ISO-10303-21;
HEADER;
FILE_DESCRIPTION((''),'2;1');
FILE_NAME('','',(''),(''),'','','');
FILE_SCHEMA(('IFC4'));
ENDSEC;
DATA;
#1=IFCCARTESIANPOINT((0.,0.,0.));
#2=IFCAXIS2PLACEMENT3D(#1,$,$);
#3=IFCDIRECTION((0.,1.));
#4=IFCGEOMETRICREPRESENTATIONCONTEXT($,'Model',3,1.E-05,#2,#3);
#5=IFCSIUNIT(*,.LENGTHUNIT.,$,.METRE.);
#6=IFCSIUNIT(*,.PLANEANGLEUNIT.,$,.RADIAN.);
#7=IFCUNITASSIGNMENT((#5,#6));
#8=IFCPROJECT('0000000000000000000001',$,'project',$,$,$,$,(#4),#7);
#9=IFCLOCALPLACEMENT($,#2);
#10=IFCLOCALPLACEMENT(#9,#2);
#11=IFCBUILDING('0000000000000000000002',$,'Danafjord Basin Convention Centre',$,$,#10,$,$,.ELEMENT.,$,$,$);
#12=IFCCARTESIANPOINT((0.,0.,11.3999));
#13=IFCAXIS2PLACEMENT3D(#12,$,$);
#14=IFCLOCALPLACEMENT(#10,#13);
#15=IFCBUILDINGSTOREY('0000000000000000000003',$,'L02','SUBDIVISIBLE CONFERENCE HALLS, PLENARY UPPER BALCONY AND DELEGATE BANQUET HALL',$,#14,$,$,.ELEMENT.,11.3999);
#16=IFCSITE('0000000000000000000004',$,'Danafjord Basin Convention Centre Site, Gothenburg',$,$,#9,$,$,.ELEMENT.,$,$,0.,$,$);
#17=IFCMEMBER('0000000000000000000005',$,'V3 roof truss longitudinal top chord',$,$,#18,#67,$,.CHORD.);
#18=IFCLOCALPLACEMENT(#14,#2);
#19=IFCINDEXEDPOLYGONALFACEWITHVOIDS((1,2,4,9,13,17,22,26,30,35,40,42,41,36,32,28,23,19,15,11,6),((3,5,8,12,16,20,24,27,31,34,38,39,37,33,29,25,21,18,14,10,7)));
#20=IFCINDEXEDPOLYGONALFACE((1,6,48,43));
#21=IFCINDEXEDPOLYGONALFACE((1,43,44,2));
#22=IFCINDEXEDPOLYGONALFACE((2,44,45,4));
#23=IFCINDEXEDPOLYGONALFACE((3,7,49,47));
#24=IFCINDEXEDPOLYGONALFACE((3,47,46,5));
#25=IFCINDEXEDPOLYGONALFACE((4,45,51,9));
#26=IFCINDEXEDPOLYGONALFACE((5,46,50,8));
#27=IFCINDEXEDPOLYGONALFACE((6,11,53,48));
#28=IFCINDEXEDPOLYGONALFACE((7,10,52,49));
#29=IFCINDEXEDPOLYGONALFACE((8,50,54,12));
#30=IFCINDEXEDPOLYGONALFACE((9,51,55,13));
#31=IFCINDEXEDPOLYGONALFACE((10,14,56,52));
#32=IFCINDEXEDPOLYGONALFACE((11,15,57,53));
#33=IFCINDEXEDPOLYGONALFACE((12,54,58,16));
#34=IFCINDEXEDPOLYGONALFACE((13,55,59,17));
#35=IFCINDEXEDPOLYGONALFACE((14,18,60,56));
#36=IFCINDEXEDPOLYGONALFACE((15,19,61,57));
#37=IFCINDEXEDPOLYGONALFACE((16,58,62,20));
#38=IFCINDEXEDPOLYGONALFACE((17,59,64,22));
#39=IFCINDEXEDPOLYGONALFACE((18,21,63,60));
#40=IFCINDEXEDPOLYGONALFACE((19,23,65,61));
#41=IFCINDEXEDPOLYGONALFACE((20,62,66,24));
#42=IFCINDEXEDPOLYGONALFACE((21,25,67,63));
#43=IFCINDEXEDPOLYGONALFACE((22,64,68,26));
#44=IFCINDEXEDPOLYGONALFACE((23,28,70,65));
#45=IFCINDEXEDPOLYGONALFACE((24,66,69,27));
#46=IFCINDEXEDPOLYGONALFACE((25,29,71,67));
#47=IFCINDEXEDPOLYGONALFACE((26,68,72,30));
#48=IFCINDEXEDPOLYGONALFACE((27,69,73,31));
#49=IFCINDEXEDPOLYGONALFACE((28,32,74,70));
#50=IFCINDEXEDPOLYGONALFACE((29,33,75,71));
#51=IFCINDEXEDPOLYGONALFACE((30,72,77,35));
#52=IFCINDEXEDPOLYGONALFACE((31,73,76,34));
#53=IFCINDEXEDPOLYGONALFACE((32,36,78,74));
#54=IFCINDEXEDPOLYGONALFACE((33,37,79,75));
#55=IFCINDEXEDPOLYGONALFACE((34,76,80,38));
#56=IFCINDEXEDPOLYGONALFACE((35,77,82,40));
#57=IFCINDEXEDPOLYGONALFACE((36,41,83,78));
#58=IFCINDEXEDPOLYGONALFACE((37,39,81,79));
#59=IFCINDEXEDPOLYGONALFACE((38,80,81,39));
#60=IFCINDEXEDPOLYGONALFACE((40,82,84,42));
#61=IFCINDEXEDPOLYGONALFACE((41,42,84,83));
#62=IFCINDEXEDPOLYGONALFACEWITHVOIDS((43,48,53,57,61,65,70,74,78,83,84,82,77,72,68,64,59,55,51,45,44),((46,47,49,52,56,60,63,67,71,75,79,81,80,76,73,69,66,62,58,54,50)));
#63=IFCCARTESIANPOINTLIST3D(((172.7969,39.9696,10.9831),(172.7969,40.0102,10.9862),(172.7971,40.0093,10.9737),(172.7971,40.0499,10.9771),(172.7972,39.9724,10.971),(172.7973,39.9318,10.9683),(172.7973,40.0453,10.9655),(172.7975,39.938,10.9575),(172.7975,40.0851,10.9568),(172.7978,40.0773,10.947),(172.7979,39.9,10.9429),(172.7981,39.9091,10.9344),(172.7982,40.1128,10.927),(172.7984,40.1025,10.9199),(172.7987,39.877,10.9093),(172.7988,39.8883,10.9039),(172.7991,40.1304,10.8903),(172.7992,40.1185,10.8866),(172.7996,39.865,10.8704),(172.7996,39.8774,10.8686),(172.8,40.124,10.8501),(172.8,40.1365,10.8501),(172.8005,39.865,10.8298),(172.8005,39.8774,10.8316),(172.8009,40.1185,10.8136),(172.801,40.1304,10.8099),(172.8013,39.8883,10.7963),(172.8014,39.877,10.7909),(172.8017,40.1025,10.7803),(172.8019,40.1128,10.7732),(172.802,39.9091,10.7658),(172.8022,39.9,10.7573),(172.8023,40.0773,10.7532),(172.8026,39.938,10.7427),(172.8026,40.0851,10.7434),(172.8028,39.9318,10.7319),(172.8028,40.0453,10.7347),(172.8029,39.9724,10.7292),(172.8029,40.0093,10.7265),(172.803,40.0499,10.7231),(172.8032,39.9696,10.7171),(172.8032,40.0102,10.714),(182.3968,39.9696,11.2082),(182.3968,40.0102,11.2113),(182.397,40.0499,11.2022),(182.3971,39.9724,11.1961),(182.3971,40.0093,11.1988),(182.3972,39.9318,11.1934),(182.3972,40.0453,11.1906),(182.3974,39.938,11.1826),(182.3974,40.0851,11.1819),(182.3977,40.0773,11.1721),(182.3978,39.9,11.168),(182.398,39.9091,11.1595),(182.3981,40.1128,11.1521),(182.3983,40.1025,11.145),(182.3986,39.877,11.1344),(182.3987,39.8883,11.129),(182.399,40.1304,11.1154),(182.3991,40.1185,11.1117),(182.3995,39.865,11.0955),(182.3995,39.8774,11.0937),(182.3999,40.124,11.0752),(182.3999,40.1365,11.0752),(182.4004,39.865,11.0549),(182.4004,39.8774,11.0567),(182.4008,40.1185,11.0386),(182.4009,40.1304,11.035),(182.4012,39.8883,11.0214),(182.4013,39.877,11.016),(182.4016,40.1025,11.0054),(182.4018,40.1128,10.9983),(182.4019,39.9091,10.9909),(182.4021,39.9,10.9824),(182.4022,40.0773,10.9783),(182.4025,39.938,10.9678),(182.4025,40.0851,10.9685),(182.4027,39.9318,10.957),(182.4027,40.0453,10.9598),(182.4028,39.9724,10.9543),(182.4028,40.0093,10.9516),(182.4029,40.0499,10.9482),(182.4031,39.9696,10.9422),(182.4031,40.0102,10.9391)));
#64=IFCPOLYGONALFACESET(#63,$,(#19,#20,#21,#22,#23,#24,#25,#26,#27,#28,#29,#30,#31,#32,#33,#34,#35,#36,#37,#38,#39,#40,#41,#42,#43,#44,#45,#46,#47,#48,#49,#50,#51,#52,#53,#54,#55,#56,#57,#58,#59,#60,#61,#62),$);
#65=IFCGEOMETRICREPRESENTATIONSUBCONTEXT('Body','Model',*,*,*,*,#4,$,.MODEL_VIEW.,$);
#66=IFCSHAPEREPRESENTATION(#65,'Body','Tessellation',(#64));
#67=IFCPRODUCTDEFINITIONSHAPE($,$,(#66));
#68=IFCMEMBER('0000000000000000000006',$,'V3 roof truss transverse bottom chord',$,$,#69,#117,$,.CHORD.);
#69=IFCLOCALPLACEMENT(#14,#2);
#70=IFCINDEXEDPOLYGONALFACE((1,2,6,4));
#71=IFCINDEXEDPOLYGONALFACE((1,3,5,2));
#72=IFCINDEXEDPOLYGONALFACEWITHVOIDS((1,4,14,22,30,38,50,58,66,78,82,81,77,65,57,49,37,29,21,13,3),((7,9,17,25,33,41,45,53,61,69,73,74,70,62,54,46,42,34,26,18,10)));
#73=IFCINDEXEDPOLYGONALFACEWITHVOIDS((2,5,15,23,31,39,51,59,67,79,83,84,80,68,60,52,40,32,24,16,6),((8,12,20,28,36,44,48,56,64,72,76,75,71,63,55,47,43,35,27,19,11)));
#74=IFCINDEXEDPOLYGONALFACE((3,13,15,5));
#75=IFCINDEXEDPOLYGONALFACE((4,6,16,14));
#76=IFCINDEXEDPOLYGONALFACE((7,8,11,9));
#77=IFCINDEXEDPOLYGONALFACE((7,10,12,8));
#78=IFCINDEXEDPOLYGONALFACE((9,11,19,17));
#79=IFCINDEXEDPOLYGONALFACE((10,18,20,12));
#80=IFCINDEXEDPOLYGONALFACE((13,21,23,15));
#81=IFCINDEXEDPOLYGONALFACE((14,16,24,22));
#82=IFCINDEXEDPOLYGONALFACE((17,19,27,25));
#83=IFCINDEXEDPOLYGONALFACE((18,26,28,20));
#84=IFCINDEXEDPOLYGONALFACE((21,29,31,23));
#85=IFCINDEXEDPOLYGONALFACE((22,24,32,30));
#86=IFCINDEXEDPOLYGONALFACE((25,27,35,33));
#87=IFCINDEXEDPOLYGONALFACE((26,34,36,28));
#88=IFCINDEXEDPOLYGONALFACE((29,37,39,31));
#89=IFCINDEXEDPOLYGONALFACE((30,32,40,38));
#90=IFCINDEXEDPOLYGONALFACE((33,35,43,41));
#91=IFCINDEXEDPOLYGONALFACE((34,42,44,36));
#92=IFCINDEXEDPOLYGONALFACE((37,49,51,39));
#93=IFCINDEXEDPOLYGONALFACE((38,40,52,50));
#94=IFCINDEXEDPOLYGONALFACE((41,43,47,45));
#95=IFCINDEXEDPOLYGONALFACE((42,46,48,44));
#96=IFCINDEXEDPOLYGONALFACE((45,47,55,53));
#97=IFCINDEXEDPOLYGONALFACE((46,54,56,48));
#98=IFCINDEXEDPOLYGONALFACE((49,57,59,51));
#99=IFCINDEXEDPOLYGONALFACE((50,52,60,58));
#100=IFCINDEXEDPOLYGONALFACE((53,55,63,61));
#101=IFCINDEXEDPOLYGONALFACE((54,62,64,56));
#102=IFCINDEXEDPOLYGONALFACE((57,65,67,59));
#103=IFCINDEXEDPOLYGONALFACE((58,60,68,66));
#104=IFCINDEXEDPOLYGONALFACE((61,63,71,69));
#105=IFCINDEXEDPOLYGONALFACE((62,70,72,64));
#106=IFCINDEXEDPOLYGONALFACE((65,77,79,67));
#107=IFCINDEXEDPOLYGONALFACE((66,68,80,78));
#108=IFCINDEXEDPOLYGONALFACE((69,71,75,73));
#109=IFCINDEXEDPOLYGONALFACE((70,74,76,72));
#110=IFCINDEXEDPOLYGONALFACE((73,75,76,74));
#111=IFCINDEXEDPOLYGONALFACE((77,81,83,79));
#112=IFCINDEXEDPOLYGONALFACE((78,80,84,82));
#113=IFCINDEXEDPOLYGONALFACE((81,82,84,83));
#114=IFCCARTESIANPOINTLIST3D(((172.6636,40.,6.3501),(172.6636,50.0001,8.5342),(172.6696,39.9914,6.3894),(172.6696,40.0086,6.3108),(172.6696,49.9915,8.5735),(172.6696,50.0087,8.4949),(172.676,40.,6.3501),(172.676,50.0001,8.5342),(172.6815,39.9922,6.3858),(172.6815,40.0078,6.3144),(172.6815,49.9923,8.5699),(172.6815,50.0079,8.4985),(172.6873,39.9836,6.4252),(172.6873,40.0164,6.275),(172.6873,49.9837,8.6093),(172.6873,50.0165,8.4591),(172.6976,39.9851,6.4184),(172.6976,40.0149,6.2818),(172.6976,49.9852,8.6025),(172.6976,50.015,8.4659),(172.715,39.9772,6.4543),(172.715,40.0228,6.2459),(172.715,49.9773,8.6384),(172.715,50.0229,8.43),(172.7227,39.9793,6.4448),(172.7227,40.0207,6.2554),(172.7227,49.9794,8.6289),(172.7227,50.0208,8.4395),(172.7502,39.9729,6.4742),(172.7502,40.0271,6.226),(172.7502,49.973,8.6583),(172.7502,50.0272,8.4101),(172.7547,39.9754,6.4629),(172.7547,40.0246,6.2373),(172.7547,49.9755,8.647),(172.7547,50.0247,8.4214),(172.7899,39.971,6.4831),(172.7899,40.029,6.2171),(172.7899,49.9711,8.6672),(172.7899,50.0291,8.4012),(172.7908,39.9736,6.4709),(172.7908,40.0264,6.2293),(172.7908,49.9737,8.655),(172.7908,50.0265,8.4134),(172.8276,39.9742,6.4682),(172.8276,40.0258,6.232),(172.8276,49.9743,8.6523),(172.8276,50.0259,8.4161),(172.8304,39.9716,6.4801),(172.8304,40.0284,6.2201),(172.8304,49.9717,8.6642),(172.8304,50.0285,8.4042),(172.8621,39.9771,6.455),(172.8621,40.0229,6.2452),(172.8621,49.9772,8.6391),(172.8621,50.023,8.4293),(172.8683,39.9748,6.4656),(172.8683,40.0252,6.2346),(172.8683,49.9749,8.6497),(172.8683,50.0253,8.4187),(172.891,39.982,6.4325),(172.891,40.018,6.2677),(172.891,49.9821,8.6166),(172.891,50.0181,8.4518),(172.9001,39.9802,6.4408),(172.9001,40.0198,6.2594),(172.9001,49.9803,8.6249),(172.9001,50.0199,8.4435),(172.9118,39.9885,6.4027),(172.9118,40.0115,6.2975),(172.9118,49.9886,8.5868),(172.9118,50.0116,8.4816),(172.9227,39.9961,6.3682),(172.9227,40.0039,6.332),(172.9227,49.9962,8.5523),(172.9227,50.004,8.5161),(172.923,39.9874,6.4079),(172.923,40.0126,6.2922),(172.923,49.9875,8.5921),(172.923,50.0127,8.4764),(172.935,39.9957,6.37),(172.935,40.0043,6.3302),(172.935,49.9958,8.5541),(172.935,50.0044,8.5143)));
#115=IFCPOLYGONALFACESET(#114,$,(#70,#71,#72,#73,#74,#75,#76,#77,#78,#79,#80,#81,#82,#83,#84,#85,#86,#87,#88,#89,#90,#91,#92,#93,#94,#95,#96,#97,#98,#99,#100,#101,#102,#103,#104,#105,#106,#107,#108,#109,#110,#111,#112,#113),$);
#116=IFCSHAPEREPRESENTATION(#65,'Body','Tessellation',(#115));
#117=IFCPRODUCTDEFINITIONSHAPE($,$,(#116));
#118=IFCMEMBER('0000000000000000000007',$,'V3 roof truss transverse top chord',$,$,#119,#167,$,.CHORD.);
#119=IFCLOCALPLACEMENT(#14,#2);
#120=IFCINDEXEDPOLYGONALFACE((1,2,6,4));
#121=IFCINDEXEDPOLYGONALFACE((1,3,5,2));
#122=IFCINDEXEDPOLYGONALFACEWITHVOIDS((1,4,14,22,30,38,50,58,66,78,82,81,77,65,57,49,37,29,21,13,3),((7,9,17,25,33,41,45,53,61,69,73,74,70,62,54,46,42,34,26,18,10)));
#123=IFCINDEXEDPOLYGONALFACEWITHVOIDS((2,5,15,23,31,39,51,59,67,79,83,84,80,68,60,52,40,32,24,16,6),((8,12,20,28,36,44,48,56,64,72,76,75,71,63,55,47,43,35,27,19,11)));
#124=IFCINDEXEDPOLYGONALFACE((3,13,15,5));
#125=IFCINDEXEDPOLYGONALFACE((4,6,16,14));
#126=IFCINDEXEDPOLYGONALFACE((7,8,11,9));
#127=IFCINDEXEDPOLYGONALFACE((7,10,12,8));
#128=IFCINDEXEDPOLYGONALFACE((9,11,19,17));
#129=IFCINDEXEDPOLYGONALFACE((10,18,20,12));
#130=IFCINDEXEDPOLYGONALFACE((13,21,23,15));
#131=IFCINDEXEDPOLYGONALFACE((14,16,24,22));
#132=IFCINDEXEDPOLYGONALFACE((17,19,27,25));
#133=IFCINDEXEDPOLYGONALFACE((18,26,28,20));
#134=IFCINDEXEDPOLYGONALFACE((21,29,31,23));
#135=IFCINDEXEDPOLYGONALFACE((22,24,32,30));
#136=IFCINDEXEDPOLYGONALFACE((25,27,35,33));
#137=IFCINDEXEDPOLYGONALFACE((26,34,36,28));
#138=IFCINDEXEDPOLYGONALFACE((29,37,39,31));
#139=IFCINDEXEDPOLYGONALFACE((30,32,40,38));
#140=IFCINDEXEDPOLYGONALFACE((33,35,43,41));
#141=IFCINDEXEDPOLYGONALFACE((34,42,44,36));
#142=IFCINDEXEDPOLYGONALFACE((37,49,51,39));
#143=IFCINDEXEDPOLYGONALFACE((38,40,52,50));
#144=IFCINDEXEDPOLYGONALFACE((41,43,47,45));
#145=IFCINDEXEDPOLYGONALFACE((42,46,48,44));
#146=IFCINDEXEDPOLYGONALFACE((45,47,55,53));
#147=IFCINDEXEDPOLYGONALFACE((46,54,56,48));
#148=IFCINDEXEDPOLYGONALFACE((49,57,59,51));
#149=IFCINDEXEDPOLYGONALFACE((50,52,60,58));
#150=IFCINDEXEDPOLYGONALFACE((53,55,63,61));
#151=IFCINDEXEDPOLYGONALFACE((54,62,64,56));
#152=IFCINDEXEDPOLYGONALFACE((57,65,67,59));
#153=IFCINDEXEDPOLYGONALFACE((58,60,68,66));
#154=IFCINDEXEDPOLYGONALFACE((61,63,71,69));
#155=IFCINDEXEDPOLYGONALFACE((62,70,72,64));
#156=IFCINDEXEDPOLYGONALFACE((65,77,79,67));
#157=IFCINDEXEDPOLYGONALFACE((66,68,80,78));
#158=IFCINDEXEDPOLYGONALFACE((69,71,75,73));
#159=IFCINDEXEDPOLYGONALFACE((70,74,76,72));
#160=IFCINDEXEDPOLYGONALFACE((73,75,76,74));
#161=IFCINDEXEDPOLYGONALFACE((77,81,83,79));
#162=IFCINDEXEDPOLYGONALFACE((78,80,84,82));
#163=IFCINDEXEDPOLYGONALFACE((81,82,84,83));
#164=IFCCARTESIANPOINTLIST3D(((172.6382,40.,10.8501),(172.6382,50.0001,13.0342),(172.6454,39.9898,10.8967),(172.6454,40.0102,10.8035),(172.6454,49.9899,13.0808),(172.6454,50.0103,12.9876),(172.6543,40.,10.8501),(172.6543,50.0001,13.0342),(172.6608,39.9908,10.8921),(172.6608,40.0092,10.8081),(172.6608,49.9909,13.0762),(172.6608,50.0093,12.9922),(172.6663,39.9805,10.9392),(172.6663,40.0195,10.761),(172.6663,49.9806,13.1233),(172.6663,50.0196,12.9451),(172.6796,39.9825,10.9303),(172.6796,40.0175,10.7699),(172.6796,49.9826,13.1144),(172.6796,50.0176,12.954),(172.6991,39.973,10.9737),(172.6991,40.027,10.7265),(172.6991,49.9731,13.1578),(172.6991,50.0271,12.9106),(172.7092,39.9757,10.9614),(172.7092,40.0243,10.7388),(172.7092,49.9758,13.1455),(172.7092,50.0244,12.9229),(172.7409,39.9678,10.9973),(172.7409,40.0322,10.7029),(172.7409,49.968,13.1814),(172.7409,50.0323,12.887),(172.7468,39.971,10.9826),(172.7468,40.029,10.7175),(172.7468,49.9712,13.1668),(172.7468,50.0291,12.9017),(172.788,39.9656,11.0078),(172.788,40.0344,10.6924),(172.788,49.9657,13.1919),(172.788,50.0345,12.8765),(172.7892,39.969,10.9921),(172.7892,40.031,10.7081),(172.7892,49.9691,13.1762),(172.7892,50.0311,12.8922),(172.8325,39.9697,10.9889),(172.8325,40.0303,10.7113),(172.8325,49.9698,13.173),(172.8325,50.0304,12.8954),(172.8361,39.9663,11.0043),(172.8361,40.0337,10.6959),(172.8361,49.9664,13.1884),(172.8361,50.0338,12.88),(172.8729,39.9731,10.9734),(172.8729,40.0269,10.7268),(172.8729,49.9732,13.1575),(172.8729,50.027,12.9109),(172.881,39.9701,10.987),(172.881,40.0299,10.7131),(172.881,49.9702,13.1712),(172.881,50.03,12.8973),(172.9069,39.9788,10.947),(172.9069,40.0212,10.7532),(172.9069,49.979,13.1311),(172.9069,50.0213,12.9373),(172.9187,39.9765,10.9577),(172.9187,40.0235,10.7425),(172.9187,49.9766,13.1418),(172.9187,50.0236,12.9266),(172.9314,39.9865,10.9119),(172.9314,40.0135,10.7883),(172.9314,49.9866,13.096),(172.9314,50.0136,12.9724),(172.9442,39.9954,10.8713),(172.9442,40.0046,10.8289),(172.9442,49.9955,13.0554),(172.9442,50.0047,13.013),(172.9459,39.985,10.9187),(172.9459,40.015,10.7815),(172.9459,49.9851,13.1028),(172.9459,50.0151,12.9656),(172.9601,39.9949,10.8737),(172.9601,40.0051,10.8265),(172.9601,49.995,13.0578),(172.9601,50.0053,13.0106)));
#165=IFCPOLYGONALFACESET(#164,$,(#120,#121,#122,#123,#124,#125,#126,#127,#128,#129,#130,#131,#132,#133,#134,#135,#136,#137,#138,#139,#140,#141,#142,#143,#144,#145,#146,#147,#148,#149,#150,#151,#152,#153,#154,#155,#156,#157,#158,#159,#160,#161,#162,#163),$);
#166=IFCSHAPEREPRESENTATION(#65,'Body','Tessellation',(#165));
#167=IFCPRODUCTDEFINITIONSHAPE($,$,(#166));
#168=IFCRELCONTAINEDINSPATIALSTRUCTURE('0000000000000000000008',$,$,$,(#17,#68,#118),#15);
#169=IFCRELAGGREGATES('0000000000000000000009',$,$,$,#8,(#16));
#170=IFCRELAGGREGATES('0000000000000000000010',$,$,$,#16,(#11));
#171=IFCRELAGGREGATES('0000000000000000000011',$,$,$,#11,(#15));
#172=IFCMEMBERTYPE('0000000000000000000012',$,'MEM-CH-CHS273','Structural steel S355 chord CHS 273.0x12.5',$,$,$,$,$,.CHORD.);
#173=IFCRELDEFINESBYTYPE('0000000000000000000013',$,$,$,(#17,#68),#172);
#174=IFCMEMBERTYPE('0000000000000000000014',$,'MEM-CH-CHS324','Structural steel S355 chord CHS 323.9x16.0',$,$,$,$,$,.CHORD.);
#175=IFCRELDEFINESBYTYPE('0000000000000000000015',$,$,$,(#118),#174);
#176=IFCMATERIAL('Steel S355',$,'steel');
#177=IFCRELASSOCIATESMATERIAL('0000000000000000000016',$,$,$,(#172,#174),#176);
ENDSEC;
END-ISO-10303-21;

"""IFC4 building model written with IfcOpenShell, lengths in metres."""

from ifc_helpers import new_model, si_unit, direction, frame, origin, origin_2d, place, context, subcontext, project, spatial, hollow_circle, extrude, material, material_profile, profile_set, type_object, element, save


model = new_model("IFC4")

# Units and contexts
model_context = context("Model", 3, precision=1e-05, world=origin(), true_north=direction((0.0, 1.0)))
body_context = subcontext(model_context, "Body", "Model", "MODEL_VIEW")
ifc_project = project(units=[si_unit("LENGTHUNIT", "METRE"), si_unit("PLANEANGLEUNIT", "RADIAN")], contexts=[model_context])

# Site, building, storey
site_placement = place(None, origin())
site = spatial("IfcSite", under=ifc_project, at=site_placement, Name="Danafjord Basin Convention Centre Site, Gothenburg", CompositionType="ELEMENT", RefElevation=0.0)
building_placement = place(site_placement, origin())
building = spatial("IfcBuilding", under=site, at=building_placement, Name="Danafjord Basin Convention Centre", CompositionType="ELEMENT")
storey_placement = place(building_placement, frame((0.0, 0.0, 11.3999)))
storey = spatial("IfcBuildingStorey", under=building, at=storey_placement, Name="L02", Description="SUBDIVISIBLE CONFERENCE HALLS, PLENARY UPPER BALCONY AND DELEGATE BANQUET HALL", CompositionType="ELEMENT", Elevation=11.3999)

# Shared definitions
ifc_material_1 = material(Name="Steel S355", Category="steel")

# Members
ifc_material_profile_1 = material_profile(ifc_material_1, hollow_circle(Radius=0.1365, WallThickness=0.0125, at=origin_2d()), Name="CHS 273.0x12.5")
ifc_profile_set_1 = profile_set([ifc_material_profile_1], Name="Steel S355")
member_type_1 = type_object("IfcMemberType", Name="MEM-CH-CHS273", Description="Structural steel S355 chord CHS 273.0x12.5", PredefinedType="CHORD", material=ifc_profile_set_1)
member_1_placement = place(storey_placement, frame((172.8, 40.0, 10.8501), z_axis=(0.999725, 0.0, 0.023442), x_axis=(0.0, 1.0, 0.0)))
element("IfcMember", 1, at=member_1_placement, inside=storey, type_object=member_type_1, Name="V3 roof truss longitudinal top chord", PredefinedType="CHORD", context=body_context, shape_type="SweptSolid", body=[
    extrude(hollow_circle(Radius=0.1365, WallThickness=0.0125, at=origin_2d()), origin(), (0.0, 0.0, 1.0), 9.6025),
])
member_2_placement = place(storey_placement, frame((172.8, 40.0, 6.3501), z_axis=(0.0, 0.97697, 0.213378), x_axis=(-1.0, 0.0, 0.0)))
element("IfcMember", 2, at=member_2_placement, inside=storey, type_object=member_type_1, Name="V3 roof truss transverse bottom chord", PredefinedType="CHORD", context=body_context, shape_type="SweptSolid", body=[
    extrude(hollow_circle(Radius=0.1365, WallThickness=0.0125, at=origin_2d()), origin(), (0.0, 0.0, 1.0), 10.2358),
])
ifc_material_profile_2 = material_profile(ifc_material_1, hollow_circle(Radius=0.1619, WallThickness=0.0161, at=origin_2d()), Name="CHS 323.9x16.0")
ifc_profile_set_2 = profile_set([ifc_material_profile_2], Name="Steel S355")
member_type_2 = type_object("IfcMemberType", Name="MEM-CH-CHS324", Description="Structural steel S355 chord CHS 323.9x16.0", PredefinedType="CHORD", material=ifc_profile_set_2)
member_3_placement = place(storey_placement, frame((172.8, 40.0, 10.8501), z_axis=(0.0, 0.97697, 0.213378), x_axis=(-1.0, 0.0, 0.0)))
element("IfcMember", 3, at=member_3_placement, inside=storey, type_object=member_type_2, Name="V3 roof truss transverse top chord", PredefinedType="CHORD", context=body_context, shape_type="SweptSolid", body=[
    extrude(hollow_circle(Radius=0.1619, WallThickness=0.0161, at=origin_2d()), origin(), (0.0, 0.0, 1.0), 10.2358),
])

save(model, "model.ifc")
